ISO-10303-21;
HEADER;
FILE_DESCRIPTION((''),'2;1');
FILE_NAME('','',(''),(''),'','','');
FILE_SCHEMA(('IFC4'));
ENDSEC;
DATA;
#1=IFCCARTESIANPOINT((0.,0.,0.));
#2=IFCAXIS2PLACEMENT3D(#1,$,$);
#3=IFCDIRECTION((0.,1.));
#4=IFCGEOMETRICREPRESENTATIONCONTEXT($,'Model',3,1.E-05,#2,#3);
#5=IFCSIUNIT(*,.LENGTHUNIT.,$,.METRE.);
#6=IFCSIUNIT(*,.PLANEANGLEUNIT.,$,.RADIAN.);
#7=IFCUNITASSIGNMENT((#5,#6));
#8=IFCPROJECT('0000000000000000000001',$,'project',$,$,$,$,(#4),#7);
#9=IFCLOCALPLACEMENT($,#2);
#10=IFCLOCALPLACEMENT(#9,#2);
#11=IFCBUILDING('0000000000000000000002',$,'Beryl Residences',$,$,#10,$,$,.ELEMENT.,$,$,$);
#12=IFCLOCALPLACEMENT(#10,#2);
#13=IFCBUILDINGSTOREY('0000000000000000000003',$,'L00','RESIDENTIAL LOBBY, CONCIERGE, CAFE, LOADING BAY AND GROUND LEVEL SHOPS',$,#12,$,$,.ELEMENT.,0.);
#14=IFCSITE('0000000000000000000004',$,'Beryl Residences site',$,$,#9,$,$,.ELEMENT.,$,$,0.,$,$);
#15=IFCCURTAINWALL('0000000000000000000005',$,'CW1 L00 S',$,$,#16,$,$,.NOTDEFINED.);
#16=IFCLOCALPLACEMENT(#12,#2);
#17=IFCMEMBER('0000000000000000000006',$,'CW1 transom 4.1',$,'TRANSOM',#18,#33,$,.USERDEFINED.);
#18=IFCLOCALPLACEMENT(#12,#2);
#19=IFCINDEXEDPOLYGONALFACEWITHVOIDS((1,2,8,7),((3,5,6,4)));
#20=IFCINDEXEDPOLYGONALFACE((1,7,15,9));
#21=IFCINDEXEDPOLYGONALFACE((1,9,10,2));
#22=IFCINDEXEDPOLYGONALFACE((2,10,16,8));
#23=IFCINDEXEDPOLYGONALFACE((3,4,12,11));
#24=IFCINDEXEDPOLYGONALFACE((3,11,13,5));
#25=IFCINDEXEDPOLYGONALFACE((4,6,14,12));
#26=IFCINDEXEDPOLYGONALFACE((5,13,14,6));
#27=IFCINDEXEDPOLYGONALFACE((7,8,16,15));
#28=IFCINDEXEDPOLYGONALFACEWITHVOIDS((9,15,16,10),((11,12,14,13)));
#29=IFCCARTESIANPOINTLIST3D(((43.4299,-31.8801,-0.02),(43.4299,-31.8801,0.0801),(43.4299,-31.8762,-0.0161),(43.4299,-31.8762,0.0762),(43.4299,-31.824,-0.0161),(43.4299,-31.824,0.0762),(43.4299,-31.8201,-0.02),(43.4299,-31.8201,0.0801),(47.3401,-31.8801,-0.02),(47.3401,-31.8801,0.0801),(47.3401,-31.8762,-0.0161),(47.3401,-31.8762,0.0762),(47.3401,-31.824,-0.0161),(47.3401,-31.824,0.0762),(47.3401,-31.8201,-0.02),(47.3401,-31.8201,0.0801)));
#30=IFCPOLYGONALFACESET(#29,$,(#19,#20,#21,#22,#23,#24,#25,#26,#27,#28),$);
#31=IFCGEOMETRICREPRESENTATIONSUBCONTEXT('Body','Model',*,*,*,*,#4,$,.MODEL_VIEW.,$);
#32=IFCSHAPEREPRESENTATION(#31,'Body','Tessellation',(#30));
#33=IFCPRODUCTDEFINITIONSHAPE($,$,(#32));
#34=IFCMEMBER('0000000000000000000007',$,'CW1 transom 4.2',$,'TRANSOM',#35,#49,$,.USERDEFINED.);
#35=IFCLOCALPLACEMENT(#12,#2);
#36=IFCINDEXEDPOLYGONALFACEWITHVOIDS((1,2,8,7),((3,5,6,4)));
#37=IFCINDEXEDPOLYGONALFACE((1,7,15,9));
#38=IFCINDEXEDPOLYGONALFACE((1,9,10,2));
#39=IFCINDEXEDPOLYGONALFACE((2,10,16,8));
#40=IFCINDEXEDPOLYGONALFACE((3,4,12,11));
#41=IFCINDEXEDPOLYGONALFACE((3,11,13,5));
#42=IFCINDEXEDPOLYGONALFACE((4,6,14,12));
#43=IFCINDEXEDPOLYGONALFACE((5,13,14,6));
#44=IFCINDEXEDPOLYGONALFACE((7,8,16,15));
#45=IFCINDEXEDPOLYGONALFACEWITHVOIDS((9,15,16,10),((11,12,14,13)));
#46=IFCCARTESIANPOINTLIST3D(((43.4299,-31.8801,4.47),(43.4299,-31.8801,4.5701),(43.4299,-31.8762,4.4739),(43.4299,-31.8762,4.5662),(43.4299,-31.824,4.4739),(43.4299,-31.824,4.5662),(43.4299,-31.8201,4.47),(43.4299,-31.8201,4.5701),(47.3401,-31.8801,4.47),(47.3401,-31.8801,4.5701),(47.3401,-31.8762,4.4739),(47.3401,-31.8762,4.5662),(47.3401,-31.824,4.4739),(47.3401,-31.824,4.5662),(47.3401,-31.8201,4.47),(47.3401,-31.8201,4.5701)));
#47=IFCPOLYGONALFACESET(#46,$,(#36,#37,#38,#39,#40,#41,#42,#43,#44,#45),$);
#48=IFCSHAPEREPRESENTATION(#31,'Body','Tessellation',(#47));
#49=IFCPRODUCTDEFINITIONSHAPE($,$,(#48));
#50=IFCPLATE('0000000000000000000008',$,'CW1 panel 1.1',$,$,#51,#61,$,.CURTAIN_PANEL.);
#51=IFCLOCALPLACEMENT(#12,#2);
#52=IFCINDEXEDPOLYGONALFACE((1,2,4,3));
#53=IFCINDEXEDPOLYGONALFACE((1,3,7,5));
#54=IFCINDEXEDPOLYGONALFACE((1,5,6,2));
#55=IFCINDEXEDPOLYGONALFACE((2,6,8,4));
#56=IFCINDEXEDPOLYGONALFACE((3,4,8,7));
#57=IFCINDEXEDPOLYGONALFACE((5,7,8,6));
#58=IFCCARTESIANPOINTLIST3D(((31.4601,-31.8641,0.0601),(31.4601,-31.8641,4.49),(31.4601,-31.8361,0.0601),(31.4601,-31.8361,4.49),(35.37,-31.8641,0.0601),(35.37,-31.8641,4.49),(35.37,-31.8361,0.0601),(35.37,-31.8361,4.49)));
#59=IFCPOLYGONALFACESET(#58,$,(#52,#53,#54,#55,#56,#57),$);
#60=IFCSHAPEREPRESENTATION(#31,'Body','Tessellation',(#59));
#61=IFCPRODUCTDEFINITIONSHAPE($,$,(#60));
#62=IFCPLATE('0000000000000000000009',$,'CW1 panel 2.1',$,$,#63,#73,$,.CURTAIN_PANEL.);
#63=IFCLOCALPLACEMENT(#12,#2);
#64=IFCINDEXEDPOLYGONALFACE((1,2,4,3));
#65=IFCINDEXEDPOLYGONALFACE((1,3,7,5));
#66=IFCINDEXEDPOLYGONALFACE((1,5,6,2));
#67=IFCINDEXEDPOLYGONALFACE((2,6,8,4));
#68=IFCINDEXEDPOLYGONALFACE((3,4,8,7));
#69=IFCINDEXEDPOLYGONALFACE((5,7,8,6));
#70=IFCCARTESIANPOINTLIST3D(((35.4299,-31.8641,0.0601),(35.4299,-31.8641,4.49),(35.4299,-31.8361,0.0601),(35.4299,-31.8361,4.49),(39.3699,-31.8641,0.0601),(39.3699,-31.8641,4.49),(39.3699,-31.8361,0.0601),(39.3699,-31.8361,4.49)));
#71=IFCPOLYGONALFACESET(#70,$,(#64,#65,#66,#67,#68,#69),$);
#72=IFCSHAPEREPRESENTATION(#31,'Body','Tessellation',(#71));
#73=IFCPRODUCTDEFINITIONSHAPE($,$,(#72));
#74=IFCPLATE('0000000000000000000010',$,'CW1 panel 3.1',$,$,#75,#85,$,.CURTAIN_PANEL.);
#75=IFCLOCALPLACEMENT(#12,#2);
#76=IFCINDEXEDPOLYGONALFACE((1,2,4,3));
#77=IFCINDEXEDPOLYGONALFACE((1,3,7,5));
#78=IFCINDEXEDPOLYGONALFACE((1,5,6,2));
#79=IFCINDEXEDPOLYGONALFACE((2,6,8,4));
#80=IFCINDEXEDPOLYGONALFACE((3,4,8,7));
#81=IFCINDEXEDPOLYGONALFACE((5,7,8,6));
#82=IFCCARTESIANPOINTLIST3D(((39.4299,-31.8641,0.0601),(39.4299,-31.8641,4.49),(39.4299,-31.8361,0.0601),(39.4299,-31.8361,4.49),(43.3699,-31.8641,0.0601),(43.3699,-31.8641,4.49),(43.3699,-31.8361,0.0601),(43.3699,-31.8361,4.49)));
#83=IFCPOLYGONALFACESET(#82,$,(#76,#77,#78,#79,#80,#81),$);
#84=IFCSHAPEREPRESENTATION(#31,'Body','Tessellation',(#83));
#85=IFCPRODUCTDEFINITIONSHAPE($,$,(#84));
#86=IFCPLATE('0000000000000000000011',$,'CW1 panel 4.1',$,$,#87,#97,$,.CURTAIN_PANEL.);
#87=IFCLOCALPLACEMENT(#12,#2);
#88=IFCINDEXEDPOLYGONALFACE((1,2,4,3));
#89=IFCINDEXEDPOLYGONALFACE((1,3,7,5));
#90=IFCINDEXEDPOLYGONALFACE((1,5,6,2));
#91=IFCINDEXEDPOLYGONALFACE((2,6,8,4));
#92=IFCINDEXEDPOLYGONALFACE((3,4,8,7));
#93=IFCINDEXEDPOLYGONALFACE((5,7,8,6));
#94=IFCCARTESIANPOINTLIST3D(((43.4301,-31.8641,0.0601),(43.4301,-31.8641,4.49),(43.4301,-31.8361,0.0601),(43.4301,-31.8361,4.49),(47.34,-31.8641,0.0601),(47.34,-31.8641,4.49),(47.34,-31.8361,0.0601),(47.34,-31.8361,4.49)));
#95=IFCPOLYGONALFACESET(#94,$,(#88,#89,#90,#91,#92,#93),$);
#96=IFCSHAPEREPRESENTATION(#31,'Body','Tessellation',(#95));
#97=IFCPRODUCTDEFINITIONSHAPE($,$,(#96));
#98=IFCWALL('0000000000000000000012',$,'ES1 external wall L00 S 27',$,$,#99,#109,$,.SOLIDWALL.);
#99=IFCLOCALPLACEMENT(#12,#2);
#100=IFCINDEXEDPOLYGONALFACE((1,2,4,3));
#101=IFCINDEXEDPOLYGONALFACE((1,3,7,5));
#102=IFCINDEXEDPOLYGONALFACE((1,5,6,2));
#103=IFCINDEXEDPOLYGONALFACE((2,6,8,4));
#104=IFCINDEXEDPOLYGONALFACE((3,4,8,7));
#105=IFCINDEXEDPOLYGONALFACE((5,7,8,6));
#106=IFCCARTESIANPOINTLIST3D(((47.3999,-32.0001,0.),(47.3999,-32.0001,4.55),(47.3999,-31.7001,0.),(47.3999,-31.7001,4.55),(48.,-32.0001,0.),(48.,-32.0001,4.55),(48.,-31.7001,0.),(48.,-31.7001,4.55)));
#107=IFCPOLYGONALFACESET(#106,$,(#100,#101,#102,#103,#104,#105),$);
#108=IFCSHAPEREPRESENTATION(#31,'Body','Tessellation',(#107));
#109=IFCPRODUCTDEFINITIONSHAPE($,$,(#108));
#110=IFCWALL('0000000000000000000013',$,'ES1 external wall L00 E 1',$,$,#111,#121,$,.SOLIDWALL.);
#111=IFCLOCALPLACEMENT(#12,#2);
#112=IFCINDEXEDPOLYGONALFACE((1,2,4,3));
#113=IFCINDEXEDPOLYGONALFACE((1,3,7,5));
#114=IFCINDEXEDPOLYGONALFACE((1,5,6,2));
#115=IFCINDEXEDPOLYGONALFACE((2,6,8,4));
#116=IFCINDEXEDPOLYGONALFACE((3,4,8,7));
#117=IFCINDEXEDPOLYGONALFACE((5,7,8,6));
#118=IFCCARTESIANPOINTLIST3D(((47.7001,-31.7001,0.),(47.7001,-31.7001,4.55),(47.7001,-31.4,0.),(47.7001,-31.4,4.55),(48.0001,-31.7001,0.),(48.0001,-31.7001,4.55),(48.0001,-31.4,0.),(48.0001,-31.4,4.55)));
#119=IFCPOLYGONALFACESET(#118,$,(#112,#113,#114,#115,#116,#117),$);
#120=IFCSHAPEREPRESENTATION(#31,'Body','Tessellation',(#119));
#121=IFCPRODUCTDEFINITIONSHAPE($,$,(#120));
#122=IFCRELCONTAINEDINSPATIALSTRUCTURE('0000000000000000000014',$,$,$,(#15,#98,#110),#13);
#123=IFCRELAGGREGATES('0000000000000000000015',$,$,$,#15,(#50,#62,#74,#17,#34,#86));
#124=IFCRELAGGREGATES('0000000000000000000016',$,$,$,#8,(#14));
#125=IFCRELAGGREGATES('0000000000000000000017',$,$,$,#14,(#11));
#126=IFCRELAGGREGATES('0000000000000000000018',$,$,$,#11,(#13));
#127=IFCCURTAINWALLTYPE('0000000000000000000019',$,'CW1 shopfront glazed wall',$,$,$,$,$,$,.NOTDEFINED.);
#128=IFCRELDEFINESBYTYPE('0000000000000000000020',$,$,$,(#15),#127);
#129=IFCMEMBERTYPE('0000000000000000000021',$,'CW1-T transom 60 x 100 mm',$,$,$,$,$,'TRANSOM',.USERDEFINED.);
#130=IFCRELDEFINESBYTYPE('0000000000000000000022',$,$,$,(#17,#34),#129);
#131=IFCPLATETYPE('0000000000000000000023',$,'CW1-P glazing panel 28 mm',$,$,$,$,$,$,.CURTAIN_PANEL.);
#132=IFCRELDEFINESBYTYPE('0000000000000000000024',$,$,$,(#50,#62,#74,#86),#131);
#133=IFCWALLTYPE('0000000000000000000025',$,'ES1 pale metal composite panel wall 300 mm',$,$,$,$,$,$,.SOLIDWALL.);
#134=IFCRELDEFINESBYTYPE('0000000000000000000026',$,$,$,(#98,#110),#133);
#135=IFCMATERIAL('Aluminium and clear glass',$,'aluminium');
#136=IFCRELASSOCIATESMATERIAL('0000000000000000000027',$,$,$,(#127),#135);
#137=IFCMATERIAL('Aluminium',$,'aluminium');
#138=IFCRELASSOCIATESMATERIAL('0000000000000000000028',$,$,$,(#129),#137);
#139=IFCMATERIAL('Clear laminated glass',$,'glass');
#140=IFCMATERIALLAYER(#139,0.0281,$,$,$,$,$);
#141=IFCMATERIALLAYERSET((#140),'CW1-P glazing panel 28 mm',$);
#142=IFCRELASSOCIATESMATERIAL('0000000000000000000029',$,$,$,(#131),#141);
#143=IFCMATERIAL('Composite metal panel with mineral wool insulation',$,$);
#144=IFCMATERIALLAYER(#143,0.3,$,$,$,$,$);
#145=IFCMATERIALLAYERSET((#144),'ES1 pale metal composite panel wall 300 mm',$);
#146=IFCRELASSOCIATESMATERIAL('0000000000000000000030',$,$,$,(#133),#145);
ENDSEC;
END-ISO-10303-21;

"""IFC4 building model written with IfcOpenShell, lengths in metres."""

from ifc_helpers import new_model, si_unit, direction, frame, frame_2d, origin, origin_2d, place, context, subcontext, project, spatial, rectangle, hollow_rectangle, extrude, material, layer, layer_set, material_profile, profile_set, type_object, element, aggregate, save


model = new_model("IFC4")

# Units and contexts
model_context = context("Model", 3, precision=1e-05, world=origin(), true_north=direction((0.0, 1.0)))
body_context = subcontext(model_context, "Body", "Model", "MODEL_VIEW")
ifc_project = project(units=[si_unit("LENGTHUNIT", "METRE"), si_unit("PLANEANGLEUNIT", "RADIAN")], contexts=[model_context])

# Site, building, storey
site_placement = place(None, origin())
site = spatial("IfcSite", under=ifc_project, at=site_placement, Name="Beryl Residences site", CompositionType="ELEMENT", RefElevation=0.0)
building_placement = place(site_placement, origin())
building = spatial("IfcBuilding", under=site, at=building_placement, Name="Beryl Residences", CompositionType="ELEMENT")
storey_placement = place(building_placement, origin())
storey = spatial("IfcBuildingStorey", under=building, at=storey_placement, Name="L00", Description="RESIDENTIAL LOBBY, CONCIERGE, CAFE, LOADING BAY AND GROUND LEVEL SHOPS", CompositionType="ELEMENT", Elevation=0.0)

# Shared definitions
ifc_material_1 = material(Name="Aluminium and clear glass", Category="aluminium")
curtain_wall_type = type_object("IfcCurtainWallType", Name="CW1 shopfront glazed wall", PredefinedType="NOTDEFINED", material=ifc_material_1)

# Curtain wall, members, plates
curtain_wall_1_placement = place(storey_placement, origin())
curtain_wall_1 = element("IfcCurtainWall", 1, at=curtain_wall_1_placement, inside=storey, type_object=curtain_wall_type, Name="CW1 L00 S", PredefinedType="NOTDEFINED")
ifc_material_2 = material(Name="Aluminium", Category="aluminium")
ifc_material_profile_1 = material_profile(ifc_material_2, hollow_rectangle(XDim=0.0601, YDim=0.1001, WallThickness=0.0039, at=origin_2d()))
ifc_profile_set_1 = profile_set([ifc_material_profile_1], Name="Aluminium")
member_type_1 = type_object("IfcMemberType", Name="CW1-T transom 60 x 100 mm", ElementType="TRANSOM", PredefinedType="USERDEFINED", material=ifc_profile_set_1)
member_1_placement = place(storey_placement, frame((43.4299, -31.8501, 0.03), z_axis=(1.0, 0.0, 0.0), x_axis=(0.0, 1.0, 0.0)))
member_1 = element("IfcMember", 2, at=member_1_placement, type_object=member_type_1, Name="CW1 transom 4.1", ObjectType="TRANSOM", PredefinedType="USERDEFINED", context=body_context, shape_type="SweptSolid", body=[
    extrude(hollow_rectangle(XDim=0.0601, YDim=0.1001, WallThickness=0.0039, at=origin_2d()), origin(), (0.0, 0.0, 1.0), 3.9102),
])
member_2_placement = place(storey_placement, frame((43.4299, -31.8501, 4.52), z_axis=(1.0, 0.0, 0.0), x_axis=(0.0, 1.0, 0.0)))
member_2 = element("IfcMember", 3, at=member_2_placement, type_object=member_type_1, Name="CW1 transom 4.2", ObjectType="TRANSOM", PredefinedType="USERDEFINED", context=body_context, shape_type="SweptSolid", body=[
    extrude(hollow_rectangle(XDim=0.0601, YDim=0.1001, WallThickness=0.0039, at=origin_2d()), origin(), (0.0, 0.0, 1.0), 3.9102),
])
ifc_material_3 = material(Name="Clear laminated glass", Category="glass")
ifc_layer_1 = layer(ifc_material_3, 0.0281)
ifc_layer_set_1 = layer_set([ifc_layer_1], Name="CW1-P glazing panel 28 mm")
plate_type = type_object("IfcPlateType", Name="CW1-P glazing panel 28 mm", PredefinedType="CURTAIN_PANEL", material=ifc_layer_set_1)
plate_1_placement = place(storey_placement, frame((33.415, -31.8501, 0.0601), z_axis=(0.0, 0.0, 1.0), x_axis=(1.0, 0.0, 0.0)))
plate_1 = element("IfcPlate", 4, at=plate_1_placement, type_object=plate_type, Name="CW1 panel 1.1", PredefinedType="CURTAIN_PANEL", context=body_context, shape_type="SweptSolid", body=[
    extrude(rectangle(XDim=3.9099, YDim=0.0281, at=origin_2d()), origin(), (0.0, 0.0, 1.0), 4.4299),
])
plate_2_placement = place(storey_placement, frame((37.3999, -31.8501, 0.0601), z_axis=(0.0, 0.0, 1.0), x_axis=(1.0, 0.0, 0.0)))
plate_2 = element("IfcPlate", 5, at=plate_2_placement, type_object=plate_type, Name="CW1 panel 2.1", PredefinedType="CURTAIN_PANEL", context=body_context, shape_type="SweptSolid", body=[
    extrude(rectangle(XDim=3.9399, YDim=0.0281, at=origin_2d()), origin(), (0.0, 0.0, 1.0), 4.4299),
])
plate_3_placement = place(storey_placement, frame((41.3999, -31.8501, 0.0601), z_axis=(0.0, 0.0, 1.0), x_axis=(1.0, 0.0, 0.0)))
plate_3 = element("IfcPlate", 6, at=plate_3_placement, type_object=plate_type, Name="CW1 panel 3.1", PredefinedType="CURTAIN_PANEL", context=body_context, shape_type="SweptSolid", body=[
    extrude(rectangle(XDim=3.9399, YDim=0.0281, at=origin_2d()), origin(), (0.0, 0.0, 1.0), 4.4299),
])
plate_4_placement = place(storey_placement, frame((45.385, -31.8501, 0.0601), z_axis=(0.0, 0.0, 1.0), x_axis=(1.0, 0.0, 0.0)))
plate_4 = element("IfcPlate", 7, at=plate_4_placement, type_object=plate_type, Name="CW1 panel 4.1", PredefinedType="CURTAIN_PANEL", context=body_context, shape_type="SweptSolid", body=[
    extrude(rectangle(XDim=3.9099, YDim=0.0281, at=origin_2d()), origin(), (0.0, 0.0, 1.0), 4.4299),
])
aggregate(curtain_wall_1, [plate_1, plate_2, plate_3, member_1, member_2, plate_4])

# Shared definitions
ifc_material_4 = material(Name="Composite metal panel with mineral wool insulation")
ifc_layer_2 = layer(ifc_material_4, 0.3)
ifc_layer_set_2 = layer_set([ifc_layer_2], Name="ES1 pale metal composite panel wall 300 mm")
wall_type_1 = type_object("IfcWallType", Name="ES1 pale metal composite panel wall 300 mm", PredefinedType="SOLIDWALL", material=ifc_layer_set_2)

# Walls
wall_1_placement = place(storey_placement, frame((47.3999, -31.8501, 0.0), z_axis=(0.0, 0.0, 1.0), x_axis=(1.0, 0.0, 0.0)))
element("IfcWall", 8, at=wall_1_placement, inside=storey, type_object=wall_type_1, Name="ES1 external wall L00 S 27", PredefinedType="SOLIDWALL", context=body_context, shape_type="SweptSolid", body=[
    extrude(rectangle(XDim=0.6001, YDim=0.3, at=frame_2d((0.3, 0.0))), origin(), (0.0, 0.0, 1.0), 4.55),
])
wall_2_placement = place(storey_placement, frame((47.8501, -31.7, 0.0), z_axis=(0.0, 0.0, 1.0), x_axis=(0.0, 1.0, 0.0)))
element("IfcWall", 9, at=wall_2_placement, inside=storey, type_object=wall_type_1, Name="ES1 external wall L00 E 1", PredefinedType="SOLIDWALL", context=body_context, shape_type="SweptSolid", body=[
    extrude(rectangle(XDim=0.3, YDim=0.3, at=frame_2d((0.1499, 0.0))), origin(), (0.0, 0.0, 1.0), 4.55),
])

save(model, "model.ifc")
